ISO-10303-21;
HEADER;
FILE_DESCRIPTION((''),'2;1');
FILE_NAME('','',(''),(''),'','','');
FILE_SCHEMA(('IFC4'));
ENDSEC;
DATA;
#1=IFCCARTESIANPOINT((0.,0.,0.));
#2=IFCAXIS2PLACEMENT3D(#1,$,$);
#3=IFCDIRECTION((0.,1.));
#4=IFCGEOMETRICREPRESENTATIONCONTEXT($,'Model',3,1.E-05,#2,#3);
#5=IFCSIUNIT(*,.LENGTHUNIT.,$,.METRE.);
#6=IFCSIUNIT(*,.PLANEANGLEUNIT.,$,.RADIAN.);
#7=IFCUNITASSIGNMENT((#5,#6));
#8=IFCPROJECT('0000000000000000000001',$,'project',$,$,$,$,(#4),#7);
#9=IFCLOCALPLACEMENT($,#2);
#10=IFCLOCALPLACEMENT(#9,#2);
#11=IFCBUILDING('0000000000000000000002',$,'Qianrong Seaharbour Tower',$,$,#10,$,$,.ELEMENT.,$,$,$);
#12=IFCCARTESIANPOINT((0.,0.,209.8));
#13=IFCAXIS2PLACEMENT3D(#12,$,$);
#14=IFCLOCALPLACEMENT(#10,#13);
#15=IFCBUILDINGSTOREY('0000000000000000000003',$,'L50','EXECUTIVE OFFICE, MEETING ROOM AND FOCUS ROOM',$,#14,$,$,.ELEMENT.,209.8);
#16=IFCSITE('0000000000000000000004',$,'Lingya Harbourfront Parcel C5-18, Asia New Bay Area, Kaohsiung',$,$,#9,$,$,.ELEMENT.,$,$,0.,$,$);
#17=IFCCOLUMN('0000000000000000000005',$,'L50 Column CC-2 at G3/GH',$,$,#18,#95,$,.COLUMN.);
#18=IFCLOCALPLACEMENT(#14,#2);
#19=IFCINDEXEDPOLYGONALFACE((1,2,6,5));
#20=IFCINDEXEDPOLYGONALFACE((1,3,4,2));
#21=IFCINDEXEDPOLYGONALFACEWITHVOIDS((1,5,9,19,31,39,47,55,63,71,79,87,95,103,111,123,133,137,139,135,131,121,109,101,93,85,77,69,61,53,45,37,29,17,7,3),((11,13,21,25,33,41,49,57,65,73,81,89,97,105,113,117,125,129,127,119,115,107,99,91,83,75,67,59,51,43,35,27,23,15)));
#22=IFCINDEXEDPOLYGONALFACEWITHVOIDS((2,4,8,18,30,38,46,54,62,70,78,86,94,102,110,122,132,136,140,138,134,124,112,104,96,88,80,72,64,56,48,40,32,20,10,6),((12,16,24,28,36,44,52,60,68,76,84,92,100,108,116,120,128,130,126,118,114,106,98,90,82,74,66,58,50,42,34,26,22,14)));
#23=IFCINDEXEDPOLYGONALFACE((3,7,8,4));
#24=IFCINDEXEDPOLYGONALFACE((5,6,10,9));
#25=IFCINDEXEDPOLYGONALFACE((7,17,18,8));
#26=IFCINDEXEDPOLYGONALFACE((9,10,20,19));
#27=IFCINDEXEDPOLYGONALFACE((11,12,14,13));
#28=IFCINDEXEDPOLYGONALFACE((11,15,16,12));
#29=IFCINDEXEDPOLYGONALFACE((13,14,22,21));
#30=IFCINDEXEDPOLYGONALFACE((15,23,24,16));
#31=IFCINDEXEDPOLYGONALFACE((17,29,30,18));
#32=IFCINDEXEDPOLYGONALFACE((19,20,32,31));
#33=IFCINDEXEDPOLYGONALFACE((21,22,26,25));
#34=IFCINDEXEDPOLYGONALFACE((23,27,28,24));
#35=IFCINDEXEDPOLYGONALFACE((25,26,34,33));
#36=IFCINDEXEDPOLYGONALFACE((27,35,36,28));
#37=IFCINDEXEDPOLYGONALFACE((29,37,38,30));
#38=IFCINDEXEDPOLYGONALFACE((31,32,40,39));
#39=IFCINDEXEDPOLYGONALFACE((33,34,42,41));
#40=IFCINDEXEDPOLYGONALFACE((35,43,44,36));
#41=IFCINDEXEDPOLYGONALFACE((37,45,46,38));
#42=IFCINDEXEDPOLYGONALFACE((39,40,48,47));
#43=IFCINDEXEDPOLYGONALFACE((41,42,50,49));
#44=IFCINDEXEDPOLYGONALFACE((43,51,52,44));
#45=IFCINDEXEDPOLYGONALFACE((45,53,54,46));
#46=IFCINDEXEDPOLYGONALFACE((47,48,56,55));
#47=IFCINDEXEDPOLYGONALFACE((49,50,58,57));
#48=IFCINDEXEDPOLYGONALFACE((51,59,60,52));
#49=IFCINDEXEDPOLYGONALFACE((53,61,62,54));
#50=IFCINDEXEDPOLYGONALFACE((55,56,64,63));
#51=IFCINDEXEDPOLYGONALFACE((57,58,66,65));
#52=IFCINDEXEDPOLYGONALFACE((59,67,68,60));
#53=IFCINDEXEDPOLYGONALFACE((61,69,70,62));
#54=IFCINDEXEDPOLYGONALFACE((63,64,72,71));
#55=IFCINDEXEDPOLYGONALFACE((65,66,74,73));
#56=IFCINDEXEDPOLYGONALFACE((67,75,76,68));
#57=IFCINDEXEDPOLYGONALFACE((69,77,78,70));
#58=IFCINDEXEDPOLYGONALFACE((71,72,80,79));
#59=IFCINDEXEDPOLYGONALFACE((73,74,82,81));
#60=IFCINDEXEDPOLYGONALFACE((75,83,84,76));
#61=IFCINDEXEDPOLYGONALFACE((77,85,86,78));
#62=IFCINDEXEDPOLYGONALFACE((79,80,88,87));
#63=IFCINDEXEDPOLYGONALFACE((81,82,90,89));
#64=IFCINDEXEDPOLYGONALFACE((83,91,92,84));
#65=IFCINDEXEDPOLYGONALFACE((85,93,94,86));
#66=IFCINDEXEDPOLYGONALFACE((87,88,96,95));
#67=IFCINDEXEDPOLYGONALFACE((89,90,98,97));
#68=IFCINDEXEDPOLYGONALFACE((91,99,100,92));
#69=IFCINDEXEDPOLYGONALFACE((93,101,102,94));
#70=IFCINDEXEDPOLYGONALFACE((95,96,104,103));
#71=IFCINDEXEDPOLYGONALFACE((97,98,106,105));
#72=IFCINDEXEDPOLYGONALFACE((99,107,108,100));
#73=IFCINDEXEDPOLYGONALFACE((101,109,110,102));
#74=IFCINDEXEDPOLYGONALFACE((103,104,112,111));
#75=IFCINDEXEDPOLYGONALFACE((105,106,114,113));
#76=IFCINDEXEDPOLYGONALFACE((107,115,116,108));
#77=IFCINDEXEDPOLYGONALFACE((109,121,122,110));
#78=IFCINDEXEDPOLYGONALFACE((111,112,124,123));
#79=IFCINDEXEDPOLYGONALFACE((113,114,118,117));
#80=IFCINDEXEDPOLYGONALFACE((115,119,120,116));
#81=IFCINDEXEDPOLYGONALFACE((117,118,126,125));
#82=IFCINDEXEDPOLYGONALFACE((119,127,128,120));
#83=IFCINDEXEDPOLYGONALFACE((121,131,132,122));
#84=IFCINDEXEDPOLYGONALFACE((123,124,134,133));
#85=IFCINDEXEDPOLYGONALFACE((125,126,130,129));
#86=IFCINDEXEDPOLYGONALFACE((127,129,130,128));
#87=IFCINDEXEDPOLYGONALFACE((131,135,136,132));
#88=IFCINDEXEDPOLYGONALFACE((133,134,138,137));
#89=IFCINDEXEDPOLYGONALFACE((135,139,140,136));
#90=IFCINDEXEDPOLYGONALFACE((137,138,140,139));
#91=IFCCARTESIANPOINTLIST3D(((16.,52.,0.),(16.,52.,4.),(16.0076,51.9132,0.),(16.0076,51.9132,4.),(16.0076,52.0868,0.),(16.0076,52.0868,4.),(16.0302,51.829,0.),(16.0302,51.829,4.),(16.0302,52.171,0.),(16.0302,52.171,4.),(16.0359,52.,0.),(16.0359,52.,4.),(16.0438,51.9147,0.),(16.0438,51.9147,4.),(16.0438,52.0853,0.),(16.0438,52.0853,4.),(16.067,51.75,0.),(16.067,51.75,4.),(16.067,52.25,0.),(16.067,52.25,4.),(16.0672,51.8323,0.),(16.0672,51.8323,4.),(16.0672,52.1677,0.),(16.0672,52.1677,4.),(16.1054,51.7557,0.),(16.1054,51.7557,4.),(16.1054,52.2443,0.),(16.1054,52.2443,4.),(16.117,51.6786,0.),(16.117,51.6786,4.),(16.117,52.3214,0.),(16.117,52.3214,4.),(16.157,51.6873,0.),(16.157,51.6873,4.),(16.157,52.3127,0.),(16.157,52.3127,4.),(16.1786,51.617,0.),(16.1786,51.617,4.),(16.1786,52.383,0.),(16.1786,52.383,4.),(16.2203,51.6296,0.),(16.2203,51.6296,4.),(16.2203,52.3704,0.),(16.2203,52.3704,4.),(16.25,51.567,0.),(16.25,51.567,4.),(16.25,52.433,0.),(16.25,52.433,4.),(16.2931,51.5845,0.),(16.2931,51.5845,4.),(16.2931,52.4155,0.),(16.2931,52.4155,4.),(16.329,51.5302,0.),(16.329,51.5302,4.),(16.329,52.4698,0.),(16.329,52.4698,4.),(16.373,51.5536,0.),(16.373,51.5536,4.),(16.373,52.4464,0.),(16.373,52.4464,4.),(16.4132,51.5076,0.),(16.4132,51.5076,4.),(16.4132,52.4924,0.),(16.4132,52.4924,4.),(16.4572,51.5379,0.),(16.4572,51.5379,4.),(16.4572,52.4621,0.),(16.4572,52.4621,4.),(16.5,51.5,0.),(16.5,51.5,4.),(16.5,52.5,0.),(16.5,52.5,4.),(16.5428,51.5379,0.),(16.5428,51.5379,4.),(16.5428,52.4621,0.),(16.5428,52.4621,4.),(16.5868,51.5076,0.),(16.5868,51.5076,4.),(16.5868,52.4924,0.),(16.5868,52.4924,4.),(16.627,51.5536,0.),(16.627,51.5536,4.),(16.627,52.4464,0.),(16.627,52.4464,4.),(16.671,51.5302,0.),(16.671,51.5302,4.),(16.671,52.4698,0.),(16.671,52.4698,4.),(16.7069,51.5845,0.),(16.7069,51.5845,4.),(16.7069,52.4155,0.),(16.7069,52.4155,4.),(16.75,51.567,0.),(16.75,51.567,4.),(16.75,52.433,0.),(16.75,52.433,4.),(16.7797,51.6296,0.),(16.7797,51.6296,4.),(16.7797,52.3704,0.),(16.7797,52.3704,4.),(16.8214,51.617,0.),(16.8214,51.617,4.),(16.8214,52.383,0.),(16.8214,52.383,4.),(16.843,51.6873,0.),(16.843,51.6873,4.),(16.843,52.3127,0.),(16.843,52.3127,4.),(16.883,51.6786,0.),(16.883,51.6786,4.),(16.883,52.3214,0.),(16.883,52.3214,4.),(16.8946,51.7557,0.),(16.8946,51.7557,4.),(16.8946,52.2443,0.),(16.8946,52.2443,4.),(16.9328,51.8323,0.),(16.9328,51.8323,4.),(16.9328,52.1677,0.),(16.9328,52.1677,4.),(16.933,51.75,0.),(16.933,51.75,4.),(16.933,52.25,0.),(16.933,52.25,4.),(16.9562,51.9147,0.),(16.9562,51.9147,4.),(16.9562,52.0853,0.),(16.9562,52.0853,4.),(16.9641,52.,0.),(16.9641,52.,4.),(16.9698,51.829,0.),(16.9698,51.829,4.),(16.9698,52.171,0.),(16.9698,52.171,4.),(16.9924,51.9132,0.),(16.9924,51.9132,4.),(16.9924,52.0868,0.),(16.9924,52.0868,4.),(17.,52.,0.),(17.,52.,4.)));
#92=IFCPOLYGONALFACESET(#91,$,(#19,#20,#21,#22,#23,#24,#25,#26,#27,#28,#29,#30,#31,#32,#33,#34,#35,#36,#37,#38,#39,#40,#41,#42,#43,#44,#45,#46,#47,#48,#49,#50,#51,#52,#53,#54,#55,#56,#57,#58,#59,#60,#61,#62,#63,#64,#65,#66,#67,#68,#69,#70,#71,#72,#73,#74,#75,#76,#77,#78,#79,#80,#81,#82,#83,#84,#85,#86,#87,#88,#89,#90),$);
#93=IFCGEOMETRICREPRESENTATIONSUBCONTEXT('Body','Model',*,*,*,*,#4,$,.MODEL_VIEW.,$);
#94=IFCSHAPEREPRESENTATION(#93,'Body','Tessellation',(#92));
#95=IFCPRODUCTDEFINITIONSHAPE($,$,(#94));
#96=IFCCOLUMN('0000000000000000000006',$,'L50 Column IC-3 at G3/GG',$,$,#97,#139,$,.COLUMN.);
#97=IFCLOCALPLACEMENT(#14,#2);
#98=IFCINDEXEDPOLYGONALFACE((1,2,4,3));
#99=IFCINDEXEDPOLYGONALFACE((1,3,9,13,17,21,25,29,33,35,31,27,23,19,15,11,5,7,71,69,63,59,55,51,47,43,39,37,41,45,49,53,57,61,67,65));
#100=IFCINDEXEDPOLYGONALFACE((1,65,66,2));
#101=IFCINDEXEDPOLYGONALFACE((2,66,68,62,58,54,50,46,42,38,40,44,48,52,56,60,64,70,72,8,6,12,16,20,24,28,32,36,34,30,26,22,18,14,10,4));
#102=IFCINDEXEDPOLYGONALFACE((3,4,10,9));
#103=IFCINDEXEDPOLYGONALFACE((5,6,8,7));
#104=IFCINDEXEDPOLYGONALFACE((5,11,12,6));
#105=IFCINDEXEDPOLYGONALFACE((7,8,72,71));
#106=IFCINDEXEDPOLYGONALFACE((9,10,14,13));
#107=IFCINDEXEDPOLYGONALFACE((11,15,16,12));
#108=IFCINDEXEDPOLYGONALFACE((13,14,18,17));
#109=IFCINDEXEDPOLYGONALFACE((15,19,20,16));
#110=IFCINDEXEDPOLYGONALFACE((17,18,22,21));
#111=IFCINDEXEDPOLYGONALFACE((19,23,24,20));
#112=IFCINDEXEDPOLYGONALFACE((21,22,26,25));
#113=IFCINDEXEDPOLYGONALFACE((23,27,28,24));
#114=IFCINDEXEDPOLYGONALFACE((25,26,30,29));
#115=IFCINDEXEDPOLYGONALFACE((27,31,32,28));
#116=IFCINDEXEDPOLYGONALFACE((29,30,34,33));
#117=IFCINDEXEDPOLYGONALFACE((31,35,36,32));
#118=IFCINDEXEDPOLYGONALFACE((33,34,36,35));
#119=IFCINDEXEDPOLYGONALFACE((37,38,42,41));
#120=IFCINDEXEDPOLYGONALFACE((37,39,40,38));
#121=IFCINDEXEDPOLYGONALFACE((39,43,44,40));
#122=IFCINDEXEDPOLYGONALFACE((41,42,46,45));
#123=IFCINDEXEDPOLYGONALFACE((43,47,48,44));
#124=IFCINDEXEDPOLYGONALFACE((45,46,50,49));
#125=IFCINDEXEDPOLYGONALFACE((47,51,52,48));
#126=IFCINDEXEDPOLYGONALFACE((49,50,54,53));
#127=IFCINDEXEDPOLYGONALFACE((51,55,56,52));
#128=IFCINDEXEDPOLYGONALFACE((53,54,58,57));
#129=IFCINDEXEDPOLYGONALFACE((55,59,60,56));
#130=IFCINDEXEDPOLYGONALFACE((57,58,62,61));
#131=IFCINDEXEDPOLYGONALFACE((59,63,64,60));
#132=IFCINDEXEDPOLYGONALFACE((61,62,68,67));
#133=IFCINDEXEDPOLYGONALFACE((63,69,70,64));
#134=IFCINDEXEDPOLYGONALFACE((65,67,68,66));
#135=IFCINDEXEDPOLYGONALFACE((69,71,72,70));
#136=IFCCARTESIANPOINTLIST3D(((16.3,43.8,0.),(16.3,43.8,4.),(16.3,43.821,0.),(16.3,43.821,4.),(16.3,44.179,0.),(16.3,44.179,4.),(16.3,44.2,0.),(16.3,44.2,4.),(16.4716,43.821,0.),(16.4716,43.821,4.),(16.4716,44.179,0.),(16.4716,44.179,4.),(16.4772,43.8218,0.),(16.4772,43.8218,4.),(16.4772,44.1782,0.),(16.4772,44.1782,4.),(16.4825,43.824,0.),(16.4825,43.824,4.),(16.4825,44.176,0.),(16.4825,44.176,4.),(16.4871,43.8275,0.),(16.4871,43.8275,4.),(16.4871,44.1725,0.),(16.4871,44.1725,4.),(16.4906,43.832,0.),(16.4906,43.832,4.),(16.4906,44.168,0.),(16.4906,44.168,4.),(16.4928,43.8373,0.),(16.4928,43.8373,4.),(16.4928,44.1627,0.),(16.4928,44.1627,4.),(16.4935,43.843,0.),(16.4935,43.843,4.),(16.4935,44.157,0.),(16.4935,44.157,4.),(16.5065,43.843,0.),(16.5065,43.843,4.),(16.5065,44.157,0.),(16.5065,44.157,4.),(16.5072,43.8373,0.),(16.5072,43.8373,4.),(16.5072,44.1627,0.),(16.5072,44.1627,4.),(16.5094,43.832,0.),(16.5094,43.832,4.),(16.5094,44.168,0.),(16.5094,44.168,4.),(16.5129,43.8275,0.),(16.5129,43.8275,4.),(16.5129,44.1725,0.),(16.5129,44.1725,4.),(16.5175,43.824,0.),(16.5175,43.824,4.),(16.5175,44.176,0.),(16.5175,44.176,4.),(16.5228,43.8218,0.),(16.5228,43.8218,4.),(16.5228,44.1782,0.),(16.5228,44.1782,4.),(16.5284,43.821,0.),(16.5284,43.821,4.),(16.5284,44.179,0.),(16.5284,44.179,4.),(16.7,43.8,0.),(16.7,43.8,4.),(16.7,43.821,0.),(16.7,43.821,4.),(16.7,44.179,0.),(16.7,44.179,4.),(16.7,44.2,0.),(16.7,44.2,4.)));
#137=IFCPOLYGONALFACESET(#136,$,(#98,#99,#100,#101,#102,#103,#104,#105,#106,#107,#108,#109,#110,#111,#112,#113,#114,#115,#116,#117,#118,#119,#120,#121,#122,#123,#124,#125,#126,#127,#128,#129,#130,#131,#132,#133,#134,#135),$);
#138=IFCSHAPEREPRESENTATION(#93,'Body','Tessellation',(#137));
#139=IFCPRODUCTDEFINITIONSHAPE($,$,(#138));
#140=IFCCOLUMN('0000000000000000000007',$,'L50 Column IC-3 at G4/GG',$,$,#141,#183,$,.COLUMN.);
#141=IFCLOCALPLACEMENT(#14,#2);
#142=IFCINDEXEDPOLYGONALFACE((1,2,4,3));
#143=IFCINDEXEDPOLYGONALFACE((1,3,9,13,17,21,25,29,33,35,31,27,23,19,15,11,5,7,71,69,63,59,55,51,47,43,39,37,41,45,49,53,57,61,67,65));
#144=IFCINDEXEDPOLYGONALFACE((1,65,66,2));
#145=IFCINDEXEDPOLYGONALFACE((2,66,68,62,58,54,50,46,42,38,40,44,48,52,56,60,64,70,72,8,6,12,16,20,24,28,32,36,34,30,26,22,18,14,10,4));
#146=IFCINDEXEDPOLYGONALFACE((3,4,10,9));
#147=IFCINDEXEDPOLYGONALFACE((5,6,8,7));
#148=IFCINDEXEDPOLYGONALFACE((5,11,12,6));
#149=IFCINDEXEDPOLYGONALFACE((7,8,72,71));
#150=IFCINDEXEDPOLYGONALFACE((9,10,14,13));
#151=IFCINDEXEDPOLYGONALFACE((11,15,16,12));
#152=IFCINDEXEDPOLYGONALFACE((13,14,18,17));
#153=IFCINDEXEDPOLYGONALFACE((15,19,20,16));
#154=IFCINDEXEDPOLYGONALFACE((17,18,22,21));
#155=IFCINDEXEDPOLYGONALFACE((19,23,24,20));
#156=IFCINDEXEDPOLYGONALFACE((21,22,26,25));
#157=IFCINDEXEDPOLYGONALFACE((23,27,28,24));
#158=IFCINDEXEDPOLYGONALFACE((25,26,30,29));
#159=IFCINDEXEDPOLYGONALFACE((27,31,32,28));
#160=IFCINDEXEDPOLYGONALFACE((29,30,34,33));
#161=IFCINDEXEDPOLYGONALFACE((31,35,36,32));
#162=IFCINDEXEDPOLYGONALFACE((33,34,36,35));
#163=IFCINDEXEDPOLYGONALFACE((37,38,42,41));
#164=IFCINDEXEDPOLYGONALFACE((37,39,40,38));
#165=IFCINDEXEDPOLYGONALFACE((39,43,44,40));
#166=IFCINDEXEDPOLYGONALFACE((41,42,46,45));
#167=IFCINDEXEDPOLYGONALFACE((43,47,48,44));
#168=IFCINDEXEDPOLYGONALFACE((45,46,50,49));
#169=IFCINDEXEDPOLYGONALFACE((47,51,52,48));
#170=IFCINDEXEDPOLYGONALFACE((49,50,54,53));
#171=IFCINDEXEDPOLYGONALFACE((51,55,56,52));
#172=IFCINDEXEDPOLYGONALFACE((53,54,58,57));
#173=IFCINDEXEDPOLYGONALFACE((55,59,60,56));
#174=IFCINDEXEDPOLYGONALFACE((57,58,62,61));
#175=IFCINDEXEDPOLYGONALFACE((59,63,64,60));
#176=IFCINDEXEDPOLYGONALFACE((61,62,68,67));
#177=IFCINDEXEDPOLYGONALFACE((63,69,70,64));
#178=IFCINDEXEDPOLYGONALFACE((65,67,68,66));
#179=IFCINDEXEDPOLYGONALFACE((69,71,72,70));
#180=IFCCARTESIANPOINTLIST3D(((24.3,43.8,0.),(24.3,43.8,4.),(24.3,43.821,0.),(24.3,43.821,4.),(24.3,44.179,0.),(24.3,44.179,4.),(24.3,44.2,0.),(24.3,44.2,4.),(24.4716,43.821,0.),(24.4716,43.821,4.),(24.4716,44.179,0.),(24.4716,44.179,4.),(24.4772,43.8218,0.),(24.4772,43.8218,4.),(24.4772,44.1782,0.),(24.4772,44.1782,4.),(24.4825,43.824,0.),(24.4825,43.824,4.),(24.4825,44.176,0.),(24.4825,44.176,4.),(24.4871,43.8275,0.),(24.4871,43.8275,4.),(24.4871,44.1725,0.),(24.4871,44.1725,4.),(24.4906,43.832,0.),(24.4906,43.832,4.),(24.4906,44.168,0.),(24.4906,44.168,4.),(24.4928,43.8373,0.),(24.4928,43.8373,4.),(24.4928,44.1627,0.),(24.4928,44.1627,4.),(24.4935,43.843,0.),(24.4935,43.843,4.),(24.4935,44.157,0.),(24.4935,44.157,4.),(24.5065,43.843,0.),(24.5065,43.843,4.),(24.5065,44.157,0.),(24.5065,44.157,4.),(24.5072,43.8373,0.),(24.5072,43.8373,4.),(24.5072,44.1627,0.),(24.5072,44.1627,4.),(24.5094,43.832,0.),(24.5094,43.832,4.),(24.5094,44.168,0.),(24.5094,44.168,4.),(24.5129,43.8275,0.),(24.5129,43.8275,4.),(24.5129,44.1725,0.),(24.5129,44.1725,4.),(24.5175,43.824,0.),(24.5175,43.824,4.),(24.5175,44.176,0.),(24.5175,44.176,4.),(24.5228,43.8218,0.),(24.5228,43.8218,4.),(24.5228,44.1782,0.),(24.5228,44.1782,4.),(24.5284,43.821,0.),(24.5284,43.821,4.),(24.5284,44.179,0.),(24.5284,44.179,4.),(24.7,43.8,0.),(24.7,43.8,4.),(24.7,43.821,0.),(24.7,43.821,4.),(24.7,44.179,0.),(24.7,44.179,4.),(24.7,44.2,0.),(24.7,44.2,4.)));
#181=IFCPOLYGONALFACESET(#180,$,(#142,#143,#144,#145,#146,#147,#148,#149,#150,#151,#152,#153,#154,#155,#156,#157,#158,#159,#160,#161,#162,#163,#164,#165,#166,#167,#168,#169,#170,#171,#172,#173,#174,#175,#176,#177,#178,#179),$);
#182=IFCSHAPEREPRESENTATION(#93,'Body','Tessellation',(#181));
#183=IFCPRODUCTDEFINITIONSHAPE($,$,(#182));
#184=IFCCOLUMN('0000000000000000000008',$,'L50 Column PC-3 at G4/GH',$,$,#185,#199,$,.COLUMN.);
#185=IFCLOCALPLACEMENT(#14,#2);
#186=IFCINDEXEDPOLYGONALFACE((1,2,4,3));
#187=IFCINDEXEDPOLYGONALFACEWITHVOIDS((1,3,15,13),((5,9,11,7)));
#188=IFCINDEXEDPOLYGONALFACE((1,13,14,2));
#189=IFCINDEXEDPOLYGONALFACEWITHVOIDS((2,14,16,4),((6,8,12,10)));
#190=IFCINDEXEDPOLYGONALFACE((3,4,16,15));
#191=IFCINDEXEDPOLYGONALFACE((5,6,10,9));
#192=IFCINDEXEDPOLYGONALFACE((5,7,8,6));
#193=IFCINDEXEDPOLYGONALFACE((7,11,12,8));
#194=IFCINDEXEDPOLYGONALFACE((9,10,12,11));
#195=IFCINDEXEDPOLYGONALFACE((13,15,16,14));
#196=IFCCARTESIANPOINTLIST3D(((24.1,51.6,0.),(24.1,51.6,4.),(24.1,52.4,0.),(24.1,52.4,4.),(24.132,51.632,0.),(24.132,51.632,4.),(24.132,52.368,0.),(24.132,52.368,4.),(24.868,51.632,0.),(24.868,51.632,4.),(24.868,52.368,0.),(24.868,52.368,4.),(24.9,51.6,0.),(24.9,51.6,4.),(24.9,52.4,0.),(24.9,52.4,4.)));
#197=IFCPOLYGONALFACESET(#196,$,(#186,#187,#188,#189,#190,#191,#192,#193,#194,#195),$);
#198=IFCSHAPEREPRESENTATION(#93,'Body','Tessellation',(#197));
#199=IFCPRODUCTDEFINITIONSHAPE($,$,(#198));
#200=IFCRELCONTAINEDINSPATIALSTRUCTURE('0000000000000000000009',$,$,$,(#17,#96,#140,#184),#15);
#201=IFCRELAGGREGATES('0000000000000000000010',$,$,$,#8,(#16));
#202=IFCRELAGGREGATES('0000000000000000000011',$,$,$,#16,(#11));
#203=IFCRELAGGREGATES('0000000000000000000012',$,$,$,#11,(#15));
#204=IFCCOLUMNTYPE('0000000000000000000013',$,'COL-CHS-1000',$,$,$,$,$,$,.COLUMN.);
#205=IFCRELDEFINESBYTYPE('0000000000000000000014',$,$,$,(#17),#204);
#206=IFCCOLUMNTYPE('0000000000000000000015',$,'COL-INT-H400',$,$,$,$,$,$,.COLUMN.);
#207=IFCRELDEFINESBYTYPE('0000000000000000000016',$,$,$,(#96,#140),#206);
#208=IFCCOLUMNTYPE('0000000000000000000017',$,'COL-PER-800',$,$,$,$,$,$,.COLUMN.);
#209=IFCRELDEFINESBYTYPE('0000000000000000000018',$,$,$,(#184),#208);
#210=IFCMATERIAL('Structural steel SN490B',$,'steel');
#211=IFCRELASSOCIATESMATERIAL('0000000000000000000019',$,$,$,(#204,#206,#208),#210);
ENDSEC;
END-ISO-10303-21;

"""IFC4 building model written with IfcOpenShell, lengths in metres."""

from ifc_helpers import new_model, si_unit, direction, frame, origin, origin_2d, place, context, subcontext, project, spatial, hollow_rectangle, hollow_circle, i_section, extrude, material, material_profile, profile_set, type_object, element, save


model = new_model("IFC4")

# Units and contexts
model_context = context("Model", 3, precision=1e-05, world=origin(), true_north=direction((0.0, 1.0)))
body_context = subcontext(model_context, "Body", "Model", "MODEL_VIEW")
ifc_project = project(units=[si_unit("LENGTHUNIT", "METRE"), si_unit("PLANEANGLEUNIT", "RADIAN")], contexts=[model_context])

# Site, building, storey
site_placement = place(None, origin())
site = spatial("IfcSite", under=ifc_project, at=site_placement, Name="Lingya Harbourfront Parcel C5-18, Asia New Bay Area, Kaohsiung", CompositionType="ELEMENT", RefElevation=0.0)
building_placement = place(site_placement, origin())
building = spatial("IfcBuilding", under=site, at=building_placement, Name="Qianrong Seaharbour Tower", CompositionType="ELEMENT")
storey_placement = place(building_placement, frame((0.0, 0.0, 209.8)))
storey = spatial("IfcBuildingStorey", under=building, at=storey_placement, Name="L50", Description="EXECUTIVE OFFICE, MEETING ROOM AND FOCUS ROOM", CompositionType="ELEMENT", Elevation=209.8)

# Columns
ifc_material_1 = material(Name="Structural steel SN490B", Category="steel")
ifc_material_profile_1 = material_profile(ifc_material_1, hollow_circle(Radius=0.5, WallThickness=0.0359, at=origin_2d()), Name="CHS1000x36")
ifc_profile_set_1 = profile_set([ifc_material_profile_1], Name="Structural steel SN490B")
column_type_1 = type_object("IfcColumnType", Name="COL-CHS-1000", PredefinedType="COLUMN", material=ifc_profile_set_1)
column_1_placement = place(storey_placement, frame((16.5, 52.0, 0.0), z_axis=(0.0, 0.0, 1.0), x_axis=(1.0, 0.0, 0.0)))
element("IfcColumn", 1, at=column_1_placement, inside=storey, type_object=column_type_1, Name="L50 Column CC-2 at G3/GH", PredefinedType="COLUMN", context=body_context, shape_type="SweptSolid", body=[
    extrude(hollow_circle(Radius=0.5, WallThickness=0.0359, at=origin_2d()), origin(), (0.0, 0.0, 1.0), 4.0),
])
ifc_material_profile_2 = material_profile(ifc_material_1, i_section(OverallWidth=0.3999, OverallDepth=0.3999, WebThickness=0.0129, FlangeThickness=0.021, FilletRadius=0.022, at=origin_2d()), Name="H400x400x13x21")
ifc_profile_set_2 = profile_set([ifc_material_profile_2], Name="Structural steel SN490B")
column_type_2 = type_object("IfcColumnType", Name="COL-INT-H400", PredefinedType="COLUMN", material=ifc_profile_set_2)
for number, where, z_axis, x_axis, name in (
    (2, (16.5, 44.0, 0.0), (0.0, 0.0, 1.0), (1.0, 0.0, 0.0), "L50 Column IC-3 at G3/GG"),
    (3, (24.5, 44.0, 0.0), (0.0, 0.0, 1.0), (1.0, 0.0, 0.0), "L50 Column IC-3 at G4/GG"),
):
    element("IfcColumn", number, at=place(storey_placement, frame(where, z_axis=z_axis, x_axis=x_axis)), inside=storey, type_object=column_type_2, Name=name, PredefinedType="COLUMN", context=body_context, shape_type="SweptSolid", body=[
        extrude(i_section(OverallWidth=0.3999, OverallDepth=0.3999, WebThickness=0.0129, FlangeThickness=0.021, FilletRadius=0.022, at=origin_2d()), origin(), (0.0, 0.0, 1.0), 4.0),
    ])
ifc_material_profile_3 = material_profile(ifc_material_1, hollow_rectangle(XDim=0.8, YDim=0.8, WallThickness=0.032, at=origin_2d()), Name="BOX800x800x32")
ifc_profile_set_3 = profile_set([ifc_material_profile_3], Name="Structural steel SN490B")
column_type_3 = type_object("IfcColumnType", Name="COL-PER-800", PredefinedType="COLUMN", material=ifc_profile_set_3)
column_2_placement = place(storey_placement, frame((24.5, 52.0, 0.0), z_axis=(0.0, 0.0, 1.0), x_axis=(1.0, 0.0, 0.0)))
element("IfcColumn", 4, at=column_2_placement, inside=storey, type_object=column_type_3, Name="L50 Column PC-3 at G4/GH", PredefinedType="COLUMN", context=body_context, shape_type="SweptSolid", body=[
    extrude(hollow_rectangle(XDim=0.8, YDim=0.8, WallThickness=0.032, at=origin_2d()), origin(), (0.0, 0.0, 1.0), 4.0),
])

save(model, "model.ifc")
